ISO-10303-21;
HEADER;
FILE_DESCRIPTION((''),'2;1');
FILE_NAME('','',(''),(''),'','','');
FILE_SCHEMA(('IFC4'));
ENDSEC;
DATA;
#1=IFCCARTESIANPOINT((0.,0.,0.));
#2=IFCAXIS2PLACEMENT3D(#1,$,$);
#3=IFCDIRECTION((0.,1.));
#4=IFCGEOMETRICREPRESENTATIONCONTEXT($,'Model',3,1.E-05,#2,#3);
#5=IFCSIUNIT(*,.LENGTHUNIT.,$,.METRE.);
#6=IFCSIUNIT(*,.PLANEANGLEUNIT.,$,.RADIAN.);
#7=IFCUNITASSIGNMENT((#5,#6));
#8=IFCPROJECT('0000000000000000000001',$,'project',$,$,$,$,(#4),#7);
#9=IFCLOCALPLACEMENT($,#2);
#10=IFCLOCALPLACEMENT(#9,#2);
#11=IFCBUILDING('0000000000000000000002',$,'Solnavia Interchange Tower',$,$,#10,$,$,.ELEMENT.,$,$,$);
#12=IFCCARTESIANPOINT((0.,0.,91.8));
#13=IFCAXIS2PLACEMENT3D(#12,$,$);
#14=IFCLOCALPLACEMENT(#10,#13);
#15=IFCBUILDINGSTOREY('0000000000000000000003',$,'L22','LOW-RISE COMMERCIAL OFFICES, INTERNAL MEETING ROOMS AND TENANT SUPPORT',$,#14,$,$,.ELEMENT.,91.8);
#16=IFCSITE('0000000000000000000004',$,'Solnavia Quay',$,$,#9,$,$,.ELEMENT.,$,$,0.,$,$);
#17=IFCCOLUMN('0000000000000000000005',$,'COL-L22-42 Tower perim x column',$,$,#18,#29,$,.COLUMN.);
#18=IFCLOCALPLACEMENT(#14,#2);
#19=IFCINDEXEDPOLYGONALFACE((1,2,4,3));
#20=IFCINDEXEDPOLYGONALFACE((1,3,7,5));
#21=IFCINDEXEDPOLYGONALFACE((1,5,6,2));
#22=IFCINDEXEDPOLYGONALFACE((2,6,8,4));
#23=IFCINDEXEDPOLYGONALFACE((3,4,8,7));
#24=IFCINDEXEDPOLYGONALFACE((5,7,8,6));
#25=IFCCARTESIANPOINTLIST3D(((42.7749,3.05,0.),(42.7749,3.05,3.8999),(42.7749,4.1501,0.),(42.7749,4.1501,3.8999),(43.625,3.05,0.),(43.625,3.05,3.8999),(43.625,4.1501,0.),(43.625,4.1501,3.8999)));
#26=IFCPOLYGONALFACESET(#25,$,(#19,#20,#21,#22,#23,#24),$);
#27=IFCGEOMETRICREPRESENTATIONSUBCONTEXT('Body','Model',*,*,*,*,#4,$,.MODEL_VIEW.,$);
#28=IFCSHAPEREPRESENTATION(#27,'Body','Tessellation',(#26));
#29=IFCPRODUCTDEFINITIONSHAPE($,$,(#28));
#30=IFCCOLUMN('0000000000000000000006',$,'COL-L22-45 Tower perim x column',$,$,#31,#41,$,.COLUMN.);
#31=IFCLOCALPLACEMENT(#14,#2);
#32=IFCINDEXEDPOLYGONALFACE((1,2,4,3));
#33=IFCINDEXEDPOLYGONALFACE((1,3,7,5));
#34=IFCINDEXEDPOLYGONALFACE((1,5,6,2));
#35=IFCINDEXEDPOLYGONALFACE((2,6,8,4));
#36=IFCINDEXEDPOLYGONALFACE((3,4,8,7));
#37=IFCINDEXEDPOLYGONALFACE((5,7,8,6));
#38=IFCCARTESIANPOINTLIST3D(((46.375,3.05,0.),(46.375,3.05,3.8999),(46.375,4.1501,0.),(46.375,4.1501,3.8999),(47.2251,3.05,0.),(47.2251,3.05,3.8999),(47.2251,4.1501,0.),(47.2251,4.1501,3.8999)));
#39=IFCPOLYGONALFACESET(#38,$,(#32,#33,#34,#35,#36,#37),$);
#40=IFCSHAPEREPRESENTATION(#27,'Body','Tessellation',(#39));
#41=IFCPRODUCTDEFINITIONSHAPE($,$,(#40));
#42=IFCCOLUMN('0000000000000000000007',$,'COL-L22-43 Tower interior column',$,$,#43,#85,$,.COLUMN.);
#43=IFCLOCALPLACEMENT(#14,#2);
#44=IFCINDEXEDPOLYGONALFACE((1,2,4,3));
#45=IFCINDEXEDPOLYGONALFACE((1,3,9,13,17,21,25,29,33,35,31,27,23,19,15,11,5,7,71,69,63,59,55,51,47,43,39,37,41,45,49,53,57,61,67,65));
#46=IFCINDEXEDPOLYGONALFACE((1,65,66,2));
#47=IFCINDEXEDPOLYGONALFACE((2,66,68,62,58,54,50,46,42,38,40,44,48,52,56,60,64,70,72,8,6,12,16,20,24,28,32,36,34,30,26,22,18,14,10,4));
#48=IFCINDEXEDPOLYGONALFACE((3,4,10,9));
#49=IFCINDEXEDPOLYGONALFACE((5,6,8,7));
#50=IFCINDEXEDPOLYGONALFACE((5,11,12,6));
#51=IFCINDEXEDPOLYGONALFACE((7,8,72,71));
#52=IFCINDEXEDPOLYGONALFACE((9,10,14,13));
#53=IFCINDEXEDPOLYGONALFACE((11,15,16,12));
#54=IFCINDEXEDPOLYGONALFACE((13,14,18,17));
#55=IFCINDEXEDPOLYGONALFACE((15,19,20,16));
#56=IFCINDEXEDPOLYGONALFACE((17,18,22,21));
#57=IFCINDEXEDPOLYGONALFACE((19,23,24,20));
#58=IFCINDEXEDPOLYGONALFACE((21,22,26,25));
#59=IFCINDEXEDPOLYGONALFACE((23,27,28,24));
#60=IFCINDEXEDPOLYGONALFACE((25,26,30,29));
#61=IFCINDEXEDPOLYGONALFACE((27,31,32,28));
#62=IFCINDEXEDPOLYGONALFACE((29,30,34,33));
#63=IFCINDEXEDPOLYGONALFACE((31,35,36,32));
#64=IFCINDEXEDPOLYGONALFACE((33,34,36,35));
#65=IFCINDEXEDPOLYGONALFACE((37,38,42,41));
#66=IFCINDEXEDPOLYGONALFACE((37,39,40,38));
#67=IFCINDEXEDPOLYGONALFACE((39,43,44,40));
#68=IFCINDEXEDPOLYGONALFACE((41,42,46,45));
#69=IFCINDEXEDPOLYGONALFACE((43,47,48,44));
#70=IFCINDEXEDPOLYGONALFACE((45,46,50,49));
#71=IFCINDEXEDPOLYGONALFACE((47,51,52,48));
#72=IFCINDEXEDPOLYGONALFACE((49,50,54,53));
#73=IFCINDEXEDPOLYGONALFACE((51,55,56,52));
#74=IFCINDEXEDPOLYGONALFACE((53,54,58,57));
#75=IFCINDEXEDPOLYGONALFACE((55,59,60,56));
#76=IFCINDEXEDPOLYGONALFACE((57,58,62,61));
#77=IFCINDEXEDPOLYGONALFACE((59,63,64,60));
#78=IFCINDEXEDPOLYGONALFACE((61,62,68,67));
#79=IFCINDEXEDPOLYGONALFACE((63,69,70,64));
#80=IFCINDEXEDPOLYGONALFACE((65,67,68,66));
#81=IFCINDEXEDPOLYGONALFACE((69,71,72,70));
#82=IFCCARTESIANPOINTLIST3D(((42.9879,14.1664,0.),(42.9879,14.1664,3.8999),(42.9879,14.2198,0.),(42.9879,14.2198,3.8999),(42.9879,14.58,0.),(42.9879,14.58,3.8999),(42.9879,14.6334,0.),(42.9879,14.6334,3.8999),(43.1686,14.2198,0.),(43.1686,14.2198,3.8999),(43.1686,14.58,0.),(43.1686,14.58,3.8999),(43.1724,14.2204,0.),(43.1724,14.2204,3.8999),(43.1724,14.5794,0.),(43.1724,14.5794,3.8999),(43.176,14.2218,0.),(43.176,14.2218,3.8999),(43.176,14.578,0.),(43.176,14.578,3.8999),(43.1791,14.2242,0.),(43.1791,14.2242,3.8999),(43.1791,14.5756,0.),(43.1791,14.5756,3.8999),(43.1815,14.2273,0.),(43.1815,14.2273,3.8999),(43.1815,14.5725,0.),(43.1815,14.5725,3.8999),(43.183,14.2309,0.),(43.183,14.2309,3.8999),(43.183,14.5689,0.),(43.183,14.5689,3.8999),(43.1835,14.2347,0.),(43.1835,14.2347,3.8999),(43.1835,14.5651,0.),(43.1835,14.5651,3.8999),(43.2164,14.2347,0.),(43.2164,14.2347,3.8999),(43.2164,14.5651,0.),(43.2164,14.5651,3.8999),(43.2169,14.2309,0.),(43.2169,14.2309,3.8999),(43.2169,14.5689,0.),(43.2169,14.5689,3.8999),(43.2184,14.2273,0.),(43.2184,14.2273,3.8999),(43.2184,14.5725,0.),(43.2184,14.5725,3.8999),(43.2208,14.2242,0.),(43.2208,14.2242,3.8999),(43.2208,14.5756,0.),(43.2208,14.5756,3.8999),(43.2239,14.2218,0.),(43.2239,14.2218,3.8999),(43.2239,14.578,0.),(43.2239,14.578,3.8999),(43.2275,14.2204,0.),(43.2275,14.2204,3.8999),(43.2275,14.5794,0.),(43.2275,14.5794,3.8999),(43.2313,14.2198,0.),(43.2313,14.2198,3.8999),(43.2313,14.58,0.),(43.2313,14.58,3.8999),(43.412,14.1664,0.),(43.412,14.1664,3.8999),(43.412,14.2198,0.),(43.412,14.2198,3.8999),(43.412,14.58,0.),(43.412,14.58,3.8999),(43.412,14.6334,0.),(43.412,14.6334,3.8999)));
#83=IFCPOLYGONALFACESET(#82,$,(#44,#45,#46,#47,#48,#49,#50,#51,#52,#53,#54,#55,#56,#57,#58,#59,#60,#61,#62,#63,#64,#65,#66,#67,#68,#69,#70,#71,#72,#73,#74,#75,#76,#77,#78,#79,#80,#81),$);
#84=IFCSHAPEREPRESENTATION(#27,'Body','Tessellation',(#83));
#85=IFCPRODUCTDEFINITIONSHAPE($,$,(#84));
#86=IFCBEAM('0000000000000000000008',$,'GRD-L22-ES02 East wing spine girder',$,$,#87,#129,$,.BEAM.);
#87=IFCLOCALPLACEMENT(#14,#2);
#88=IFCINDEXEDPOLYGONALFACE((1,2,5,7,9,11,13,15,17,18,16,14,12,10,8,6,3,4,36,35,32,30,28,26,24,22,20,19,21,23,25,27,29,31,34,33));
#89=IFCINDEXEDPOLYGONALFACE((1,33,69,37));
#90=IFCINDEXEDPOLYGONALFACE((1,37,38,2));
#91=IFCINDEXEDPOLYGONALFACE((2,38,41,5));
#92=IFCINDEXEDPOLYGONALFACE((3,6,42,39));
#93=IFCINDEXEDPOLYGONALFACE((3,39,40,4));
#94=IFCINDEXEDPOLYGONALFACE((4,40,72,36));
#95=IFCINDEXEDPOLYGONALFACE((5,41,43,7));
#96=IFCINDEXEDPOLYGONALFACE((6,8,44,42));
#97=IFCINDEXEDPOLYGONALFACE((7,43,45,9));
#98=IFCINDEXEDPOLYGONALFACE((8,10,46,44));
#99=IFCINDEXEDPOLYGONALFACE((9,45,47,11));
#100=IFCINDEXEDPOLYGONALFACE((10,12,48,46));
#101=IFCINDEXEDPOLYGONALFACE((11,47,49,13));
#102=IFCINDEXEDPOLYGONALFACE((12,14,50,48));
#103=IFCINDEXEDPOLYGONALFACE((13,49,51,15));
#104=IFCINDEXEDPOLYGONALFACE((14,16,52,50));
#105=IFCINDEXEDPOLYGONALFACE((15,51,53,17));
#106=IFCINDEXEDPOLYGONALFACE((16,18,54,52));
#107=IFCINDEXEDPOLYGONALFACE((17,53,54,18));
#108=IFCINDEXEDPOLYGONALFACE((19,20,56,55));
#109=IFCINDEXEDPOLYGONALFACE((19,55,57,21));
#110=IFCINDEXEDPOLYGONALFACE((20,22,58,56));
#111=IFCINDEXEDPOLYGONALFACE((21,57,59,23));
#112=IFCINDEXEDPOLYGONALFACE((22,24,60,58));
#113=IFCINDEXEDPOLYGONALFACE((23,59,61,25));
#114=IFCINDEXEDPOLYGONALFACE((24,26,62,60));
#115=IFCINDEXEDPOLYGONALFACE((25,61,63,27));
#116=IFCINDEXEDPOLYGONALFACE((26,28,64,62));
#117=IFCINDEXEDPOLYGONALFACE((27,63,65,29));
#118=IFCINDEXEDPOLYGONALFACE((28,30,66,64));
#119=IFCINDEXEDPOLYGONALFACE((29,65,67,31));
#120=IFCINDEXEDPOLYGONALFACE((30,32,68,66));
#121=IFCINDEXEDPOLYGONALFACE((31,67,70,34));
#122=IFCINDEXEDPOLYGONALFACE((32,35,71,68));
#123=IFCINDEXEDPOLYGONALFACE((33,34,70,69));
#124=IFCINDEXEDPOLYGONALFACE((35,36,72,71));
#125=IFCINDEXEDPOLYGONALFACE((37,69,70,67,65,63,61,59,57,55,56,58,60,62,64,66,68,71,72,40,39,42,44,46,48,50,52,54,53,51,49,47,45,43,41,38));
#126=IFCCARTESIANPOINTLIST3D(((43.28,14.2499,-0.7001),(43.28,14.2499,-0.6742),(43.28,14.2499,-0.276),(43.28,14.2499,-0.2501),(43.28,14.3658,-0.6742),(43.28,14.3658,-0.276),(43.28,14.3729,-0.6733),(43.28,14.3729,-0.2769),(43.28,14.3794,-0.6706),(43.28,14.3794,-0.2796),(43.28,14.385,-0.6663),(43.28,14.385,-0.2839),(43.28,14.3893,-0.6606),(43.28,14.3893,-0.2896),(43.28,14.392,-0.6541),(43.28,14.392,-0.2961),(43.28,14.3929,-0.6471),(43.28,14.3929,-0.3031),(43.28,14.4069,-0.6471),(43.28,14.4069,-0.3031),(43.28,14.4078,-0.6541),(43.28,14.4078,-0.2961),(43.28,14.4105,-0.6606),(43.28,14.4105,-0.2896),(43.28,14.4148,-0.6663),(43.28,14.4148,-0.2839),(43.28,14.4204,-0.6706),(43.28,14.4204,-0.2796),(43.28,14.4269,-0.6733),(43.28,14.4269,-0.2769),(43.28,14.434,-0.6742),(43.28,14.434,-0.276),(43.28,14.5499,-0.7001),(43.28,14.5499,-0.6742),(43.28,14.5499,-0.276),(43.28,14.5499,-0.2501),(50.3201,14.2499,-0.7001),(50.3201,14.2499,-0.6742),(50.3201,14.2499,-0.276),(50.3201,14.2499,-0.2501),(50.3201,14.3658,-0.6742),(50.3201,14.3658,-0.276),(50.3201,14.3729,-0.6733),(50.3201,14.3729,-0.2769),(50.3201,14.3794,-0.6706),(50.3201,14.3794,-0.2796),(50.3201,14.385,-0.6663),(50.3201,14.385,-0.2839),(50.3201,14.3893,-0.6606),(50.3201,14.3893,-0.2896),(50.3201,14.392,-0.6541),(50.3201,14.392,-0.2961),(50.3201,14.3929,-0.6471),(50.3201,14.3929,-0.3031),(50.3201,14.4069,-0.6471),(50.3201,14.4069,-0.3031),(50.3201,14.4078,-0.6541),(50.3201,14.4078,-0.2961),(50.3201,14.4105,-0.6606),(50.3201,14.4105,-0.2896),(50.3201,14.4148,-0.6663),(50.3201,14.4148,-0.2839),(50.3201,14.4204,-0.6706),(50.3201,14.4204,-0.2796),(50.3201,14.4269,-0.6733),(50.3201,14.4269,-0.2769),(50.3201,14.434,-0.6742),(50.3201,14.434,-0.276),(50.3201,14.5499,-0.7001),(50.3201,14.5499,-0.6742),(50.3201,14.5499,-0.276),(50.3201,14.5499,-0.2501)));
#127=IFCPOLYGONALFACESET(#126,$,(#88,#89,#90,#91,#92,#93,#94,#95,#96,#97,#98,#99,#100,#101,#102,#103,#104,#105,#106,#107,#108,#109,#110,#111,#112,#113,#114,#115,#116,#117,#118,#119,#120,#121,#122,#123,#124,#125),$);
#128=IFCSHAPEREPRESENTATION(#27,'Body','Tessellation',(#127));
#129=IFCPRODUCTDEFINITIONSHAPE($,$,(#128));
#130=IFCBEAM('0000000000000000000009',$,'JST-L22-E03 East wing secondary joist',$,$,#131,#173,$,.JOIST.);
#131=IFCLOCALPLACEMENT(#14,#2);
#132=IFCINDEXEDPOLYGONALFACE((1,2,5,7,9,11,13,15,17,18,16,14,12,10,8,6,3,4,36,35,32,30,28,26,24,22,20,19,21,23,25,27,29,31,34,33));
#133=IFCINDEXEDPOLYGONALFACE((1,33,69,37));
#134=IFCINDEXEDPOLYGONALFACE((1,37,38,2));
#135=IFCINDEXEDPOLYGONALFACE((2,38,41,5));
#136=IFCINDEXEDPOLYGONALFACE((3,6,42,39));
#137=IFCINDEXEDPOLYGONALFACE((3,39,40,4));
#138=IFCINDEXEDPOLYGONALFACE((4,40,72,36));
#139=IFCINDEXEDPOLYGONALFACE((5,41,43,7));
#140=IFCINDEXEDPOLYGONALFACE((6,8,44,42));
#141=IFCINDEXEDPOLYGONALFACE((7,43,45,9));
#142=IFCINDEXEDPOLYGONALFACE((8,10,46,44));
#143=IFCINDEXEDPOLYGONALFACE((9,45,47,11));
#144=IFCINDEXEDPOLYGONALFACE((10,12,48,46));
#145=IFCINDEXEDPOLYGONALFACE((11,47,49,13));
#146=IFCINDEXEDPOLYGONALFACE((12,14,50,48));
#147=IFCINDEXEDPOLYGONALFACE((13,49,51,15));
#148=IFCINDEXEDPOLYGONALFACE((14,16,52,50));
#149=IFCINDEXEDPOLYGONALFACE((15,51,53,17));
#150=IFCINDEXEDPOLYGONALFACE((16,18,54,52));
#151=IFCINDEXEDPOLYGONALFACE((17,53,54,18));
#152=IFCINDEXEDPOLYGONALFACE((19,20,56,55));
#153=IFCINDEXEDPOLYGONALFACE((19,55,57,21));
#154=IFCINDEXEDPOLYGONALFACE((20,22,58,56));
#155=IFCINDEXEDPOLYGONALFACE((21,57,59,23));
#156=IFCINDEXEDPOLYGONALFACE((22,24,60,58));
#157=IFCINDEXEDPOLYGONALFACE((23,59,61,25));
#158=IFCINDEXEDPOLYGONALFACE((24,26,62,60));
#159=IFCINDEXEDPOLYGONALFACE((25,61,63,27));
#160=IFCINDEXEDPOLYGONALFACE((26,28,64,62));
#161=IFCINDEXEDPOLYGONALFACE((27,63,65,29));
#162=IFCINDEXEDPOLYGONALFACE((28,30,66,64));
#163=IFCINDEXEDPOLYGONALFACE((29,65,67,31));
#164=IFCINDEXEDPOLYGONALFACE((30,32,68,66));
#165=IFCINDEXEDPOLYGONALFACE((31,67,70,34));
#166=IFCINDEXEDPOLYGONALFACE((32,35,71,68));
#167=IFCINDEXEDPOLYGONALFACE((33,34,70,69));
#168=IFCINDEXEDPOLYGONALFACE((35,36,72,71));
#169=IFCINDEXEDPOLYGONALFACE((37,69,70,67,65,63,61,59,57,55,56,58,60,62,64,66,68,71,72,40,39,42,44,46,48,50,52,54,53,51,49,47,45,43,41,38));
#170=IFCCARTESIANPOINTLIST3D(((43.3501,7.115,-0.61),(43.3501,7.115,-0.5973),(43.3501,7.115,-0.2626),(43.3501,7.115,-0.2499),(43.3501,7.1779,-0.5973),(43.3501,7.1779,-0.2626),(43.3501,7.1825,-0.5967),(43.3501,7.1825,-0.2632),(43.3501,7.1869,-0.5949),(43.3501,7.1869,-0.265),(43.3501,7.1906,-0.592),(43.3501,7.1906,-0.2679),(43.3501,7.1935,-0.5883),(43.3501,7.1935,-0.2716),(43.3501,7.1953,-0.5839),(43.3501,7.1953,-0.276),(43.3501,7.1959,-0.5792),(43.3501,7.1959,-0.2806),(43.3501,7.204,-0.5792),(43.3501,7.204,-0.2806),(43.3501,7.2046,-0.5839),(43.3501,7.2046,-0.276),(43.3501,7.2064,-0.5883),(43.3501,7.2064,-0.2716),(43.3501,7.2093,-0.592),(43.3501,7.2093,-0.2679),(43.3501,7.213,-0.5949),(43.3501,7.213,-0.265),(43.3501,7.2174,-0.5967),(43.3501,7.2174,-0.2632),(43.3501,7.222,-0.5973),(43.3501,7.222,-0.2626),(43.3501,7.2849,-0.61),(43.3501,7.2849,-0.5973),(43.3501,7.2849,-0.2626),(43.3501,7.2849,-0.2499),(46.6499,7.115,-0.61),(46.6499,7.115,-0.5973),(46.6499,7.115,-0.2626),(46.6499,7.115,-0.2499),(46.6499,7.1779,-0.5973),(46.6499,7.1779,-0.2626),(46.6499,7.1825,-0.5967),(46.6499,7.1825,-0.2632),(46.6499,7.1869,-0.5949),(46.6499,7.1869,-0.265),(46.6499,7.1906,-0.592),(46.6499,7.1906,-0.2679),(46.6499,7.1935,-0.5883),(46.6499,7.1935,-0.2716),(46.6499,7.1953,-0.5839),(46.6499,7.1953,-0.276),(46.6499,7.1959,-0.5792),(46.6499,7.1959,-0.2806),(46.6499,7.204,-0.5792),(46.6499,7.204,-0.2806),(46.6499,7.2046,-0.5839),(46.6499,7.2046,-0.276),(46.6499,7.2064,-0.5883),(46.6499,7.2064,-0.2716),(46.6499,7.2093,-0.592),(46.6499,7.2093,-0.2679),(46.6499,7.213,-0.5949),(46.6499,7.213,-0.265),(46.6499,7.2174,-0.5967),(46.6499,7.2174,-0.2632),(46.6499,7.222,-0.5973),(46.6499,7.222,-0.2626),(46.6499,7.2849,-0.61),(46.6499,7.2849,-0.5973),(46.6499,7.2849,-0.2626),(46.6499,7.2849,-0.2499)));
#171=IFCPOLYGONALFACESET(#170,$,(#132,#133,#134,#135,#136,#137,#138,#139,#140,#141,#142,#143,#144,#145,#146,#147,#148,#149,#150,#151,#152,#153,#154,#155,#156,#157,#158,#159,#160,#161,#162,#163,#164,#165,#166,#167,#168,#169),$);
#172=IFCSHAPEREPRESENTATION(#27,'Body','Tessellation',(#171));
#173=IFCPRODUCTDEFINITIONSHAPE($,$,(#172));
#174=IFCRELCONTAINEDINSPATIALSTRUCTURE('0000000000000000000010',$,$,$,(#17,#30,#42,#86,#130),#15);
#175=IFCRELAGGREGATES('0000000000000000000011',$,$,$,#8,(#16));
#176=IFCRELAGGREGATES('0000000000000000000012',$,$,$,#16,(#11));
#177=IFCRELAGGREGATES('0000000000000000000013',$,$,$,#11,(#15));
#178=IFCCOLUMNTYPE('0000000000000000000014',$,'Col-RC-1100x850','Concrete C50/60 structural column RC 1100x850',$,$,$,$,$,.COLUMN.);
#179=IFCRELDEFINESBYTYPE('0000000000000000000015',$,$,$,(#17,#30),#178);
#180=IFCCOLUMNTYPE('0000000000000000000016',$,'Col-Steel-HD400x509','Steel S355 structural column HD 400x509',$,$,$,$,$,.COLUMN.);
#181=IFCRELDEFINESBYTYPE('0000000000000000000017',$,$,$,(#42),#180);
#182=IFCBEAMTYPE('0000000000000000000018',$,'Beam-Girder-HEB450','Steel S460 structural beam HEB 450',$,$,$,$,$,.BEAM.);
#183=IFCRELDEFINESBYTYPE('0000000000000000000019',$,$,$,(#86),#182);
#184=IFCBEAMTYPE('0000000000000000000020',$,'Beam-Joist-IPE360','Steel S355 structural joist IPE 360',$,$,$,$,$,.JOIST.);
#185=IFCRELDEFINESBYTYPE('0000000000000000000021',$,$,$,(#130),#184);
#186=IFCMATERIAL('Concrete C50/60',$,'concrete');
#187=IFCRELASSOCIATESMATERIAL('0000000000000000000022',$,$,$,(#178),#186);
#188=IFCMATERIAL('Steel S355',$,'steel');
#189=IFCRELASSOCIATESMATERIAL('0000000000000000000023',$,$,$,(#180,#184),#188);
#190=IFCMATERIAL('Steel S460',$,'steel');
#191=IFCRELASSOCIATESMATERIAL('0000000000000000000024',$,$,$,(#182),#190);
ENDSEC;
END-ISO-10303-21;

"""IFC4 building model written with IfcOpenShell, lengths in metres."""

from ifc_helpers import new_model, si_unit, direction, frame, origin, origin_2d, place, context, subcontext, project, spatial, rectangle, i_section, extrude, material, material_profile, profile_set, type_object, element, save


model = new_model("IFC4")

# Units and contexts
model_context = context("Model", 3, precision=1e-05, world=origin(), true_north=direction((0.0, 1.0)))
body_context = subcontext(model_context, "Body", "Model", "MODEL_VIEW")
ifc_project = project(units=[si_unit("LENGTHUNIT", "METRE"), si_unit("PLANEANGLEUNIT", "RADIAN")], contexts=[model_context])

# Site, building, storey
site_placement = place(None, origin())
site = spatial("IfcSite", under=ifc_project, at=site_placement, Name="Solnavia Quay", CompositionType="ELEMENT", RefElevation=0.0)
building_placement = place(site_placement, origin())
building = spatial("IfcBuilding", under=site, at=building_placement, Name="Solnavia Interchange Tower", CompositionType="ELEMENT")
storey_placement = place(building_placement, frame((0.0, 0.0, 91.8)))
storey = spatial("IfcBuildingStorey", under=building, at=storey_placement, Name="L22", Description="LOW-RISE COMMERCIAL OFFICES, INTERNAL MEETING ROOMS AND TENANT SUPPORT", CompositionType="ELEMENT", Elevation=91.8)

# Columns
ifc_material_1 = material(Name="Concrete C50/60", Category="concrete")
ifc_material_profile_1 = material_profile(ifc_material_1, rectangle(XDim=0.8501, YDim=1.1001, at=origin_2d()), Name="RC 1100x850")
ifc_profile_set_1 = profile_set([ifc_material_profile_1], Name="Concrete C50/60")
column_type_1 = type_object("IfcColumnType", Name="Col-RC-1100x850", Description="Concrete C50/60 structural column RC 1100x850", PredefinedType="COLUMN", material=ifc_profile_set_1)
for number, where, z_axis, x_axis, name in (
    (1, (43.2, 3.6001, 0.0), (0.0, 0.0, 1.0), (1.0, 0.0, 0.0), "COL-L22-42 Tower perim x column"),
    (2, (46.8, 3.6001, 0.0), (0.0, 0.0, 1.0), (1.0, 0.0, 0.0), "COL-L22-45 Tower perim x column"),
):
    element("IfcColumn", number, at=place(storey_placement, frame(where, z_axis=z_axis, x_axis=x_axis)), inside=storey, type_object=column_type_1, Name=name, PredefinedType="COLUMN", context=body_context, shape_type="SweptSolid", body=[
        extrude(rectangle(XDim=0.8501, YDim=1.1001, at=origin_2d()), origin(), (0.0, 0.0, 1.0), 3.8999),
    ])
ifc_material_2 = material(Name="Steel S355", Category="steel")
ifc_material_profile_2 = material_profile(ifc_material_2, i_section(OverallWidth=0.4241, OverallDepth=0.467, WebThickness=0.033, FlangeThickness=0.0535, FilletRadius=0.0149, at=origin_2d()), Name="HD 400x509")
ifc_profile_set_2 = profile_set([ifc_material_profile_2], Name="Steel S355")
column_type_2 = type_object("IfcColumnType", Name="Col-Steel-HD400x509", Description="Steel S355 structural column HD 400x509", PredefinedType="COLUMN", material=ifc_profile_set_2)
column_placement = place(storey_placement, frame((43.2, 14.3999, 0.0), z_axis=(0.0, 0.0, 1.0), x_axis=(1.0, 0.0, 0.0)))
element("IfcColumn", 3, at=column_placement, inside=storey, type_object=column_type_2, Name="COL-L22-43 Tower interior column", PredefinedType="COLUMN", context=body_context, shape_type="SweptSolid", body=[
    extrude(i_section(OverallWidth=0.4241, OverallDepth=0.467, WebThickness=0.033, FlangeThickness=0.0535, FilletRadius=0.0149, at=origin_2d()), origin(), (0.0, 0.0, 1.0), 3.8999),
])

# Beams
ifc_material_3 = material(Name="Steel S460", Category="steel")
ifc_material_profile_3 = material_profile(ifc_material_3, i_section(OverallWidth=0.3, OverallDepth=0.45, WebThickness=0.0139, FlangeThickness=0.0259, FilletRadius=0.0271, at=origin_2d()), Name="HEB 450")
ifc_profile_set_3 = profile_set([ifc_material_profile_3], Name="Steel S460")
beam_type_1 = type_object("IfcBeamType", Name="Beam-Girder-HEB450", Description="Steel S460 structural beam HEB 450", PredefinedType="BEAM", material=ifc_profile_set_3)
beam_1_placement = place(storey_placement, frame((43.28, 14.3999, -0.4751), z_axis=(1.0, 0.0, 0.0), x_axis=(0.0, 1.0, 0.0)))
element("IfcBeam", 4, at=beam_1_placement, inside=storey, type_object=beam_type_1, Name="GRD-L22-ES02 East wing spine girder", PredefinedType="BEAM", context=body_context, shape_type="SweptSolid", body=[
    extrude(i_section(OverallWidth=0.3, OverallDepth=0.45, WebThickness=0.0139, FlangeThickness=0.0259, FilletRadius=0.0271, at=origin_2d()), origin(), (0.0, 0.0, 1.0), 7.04),
])
ifc_material_profile_4 = material_profile(ifc_material_2, i_section(OverallWidth=0.1699, OverallDepth=0.3601, WebThickness=0.0081, FlangeThickness=0.0127, FilletRadius=0.0181, at=origin_2d()), Name="IPE 360")
ifc_profile_set_4 = profile_set([ifc_material_profile_4], Name="Steel S355")
beam_type_2 = type_object("IfcBeamType", Name="Beam-Joist-IPE360", Description="Steel S355 structural joist IPE 360", PredefinedType="JOIST", material=ifc_profile_set_4)
beam_2_placement = place(storey_placement, frame((43.3501, 7.2, -0.4299), z_axis=(1.0, 0.0, 0.0), x_axis=(0.0, 1.0, 0.0)))
element("IfcBeam", 5, at=beam_2_placement, inside=storey, type_object=beam_type_2, Name="JST-L22-E03 East wing secondary joist", PredefinedType="JOIST", context=body_context, shape_type="SweptSolid", body=[
    extrude(i_section(OverallWidth=0.1699, OverallDepth=0.3601, WebThickness=0.0081, FlangeThickness=0.0127, FilletRadius=0.0181, at=origin_2d()), origin(), (0.0, 0.0, 1.0), 3.2998),
])

save(model, "model.ifc")
